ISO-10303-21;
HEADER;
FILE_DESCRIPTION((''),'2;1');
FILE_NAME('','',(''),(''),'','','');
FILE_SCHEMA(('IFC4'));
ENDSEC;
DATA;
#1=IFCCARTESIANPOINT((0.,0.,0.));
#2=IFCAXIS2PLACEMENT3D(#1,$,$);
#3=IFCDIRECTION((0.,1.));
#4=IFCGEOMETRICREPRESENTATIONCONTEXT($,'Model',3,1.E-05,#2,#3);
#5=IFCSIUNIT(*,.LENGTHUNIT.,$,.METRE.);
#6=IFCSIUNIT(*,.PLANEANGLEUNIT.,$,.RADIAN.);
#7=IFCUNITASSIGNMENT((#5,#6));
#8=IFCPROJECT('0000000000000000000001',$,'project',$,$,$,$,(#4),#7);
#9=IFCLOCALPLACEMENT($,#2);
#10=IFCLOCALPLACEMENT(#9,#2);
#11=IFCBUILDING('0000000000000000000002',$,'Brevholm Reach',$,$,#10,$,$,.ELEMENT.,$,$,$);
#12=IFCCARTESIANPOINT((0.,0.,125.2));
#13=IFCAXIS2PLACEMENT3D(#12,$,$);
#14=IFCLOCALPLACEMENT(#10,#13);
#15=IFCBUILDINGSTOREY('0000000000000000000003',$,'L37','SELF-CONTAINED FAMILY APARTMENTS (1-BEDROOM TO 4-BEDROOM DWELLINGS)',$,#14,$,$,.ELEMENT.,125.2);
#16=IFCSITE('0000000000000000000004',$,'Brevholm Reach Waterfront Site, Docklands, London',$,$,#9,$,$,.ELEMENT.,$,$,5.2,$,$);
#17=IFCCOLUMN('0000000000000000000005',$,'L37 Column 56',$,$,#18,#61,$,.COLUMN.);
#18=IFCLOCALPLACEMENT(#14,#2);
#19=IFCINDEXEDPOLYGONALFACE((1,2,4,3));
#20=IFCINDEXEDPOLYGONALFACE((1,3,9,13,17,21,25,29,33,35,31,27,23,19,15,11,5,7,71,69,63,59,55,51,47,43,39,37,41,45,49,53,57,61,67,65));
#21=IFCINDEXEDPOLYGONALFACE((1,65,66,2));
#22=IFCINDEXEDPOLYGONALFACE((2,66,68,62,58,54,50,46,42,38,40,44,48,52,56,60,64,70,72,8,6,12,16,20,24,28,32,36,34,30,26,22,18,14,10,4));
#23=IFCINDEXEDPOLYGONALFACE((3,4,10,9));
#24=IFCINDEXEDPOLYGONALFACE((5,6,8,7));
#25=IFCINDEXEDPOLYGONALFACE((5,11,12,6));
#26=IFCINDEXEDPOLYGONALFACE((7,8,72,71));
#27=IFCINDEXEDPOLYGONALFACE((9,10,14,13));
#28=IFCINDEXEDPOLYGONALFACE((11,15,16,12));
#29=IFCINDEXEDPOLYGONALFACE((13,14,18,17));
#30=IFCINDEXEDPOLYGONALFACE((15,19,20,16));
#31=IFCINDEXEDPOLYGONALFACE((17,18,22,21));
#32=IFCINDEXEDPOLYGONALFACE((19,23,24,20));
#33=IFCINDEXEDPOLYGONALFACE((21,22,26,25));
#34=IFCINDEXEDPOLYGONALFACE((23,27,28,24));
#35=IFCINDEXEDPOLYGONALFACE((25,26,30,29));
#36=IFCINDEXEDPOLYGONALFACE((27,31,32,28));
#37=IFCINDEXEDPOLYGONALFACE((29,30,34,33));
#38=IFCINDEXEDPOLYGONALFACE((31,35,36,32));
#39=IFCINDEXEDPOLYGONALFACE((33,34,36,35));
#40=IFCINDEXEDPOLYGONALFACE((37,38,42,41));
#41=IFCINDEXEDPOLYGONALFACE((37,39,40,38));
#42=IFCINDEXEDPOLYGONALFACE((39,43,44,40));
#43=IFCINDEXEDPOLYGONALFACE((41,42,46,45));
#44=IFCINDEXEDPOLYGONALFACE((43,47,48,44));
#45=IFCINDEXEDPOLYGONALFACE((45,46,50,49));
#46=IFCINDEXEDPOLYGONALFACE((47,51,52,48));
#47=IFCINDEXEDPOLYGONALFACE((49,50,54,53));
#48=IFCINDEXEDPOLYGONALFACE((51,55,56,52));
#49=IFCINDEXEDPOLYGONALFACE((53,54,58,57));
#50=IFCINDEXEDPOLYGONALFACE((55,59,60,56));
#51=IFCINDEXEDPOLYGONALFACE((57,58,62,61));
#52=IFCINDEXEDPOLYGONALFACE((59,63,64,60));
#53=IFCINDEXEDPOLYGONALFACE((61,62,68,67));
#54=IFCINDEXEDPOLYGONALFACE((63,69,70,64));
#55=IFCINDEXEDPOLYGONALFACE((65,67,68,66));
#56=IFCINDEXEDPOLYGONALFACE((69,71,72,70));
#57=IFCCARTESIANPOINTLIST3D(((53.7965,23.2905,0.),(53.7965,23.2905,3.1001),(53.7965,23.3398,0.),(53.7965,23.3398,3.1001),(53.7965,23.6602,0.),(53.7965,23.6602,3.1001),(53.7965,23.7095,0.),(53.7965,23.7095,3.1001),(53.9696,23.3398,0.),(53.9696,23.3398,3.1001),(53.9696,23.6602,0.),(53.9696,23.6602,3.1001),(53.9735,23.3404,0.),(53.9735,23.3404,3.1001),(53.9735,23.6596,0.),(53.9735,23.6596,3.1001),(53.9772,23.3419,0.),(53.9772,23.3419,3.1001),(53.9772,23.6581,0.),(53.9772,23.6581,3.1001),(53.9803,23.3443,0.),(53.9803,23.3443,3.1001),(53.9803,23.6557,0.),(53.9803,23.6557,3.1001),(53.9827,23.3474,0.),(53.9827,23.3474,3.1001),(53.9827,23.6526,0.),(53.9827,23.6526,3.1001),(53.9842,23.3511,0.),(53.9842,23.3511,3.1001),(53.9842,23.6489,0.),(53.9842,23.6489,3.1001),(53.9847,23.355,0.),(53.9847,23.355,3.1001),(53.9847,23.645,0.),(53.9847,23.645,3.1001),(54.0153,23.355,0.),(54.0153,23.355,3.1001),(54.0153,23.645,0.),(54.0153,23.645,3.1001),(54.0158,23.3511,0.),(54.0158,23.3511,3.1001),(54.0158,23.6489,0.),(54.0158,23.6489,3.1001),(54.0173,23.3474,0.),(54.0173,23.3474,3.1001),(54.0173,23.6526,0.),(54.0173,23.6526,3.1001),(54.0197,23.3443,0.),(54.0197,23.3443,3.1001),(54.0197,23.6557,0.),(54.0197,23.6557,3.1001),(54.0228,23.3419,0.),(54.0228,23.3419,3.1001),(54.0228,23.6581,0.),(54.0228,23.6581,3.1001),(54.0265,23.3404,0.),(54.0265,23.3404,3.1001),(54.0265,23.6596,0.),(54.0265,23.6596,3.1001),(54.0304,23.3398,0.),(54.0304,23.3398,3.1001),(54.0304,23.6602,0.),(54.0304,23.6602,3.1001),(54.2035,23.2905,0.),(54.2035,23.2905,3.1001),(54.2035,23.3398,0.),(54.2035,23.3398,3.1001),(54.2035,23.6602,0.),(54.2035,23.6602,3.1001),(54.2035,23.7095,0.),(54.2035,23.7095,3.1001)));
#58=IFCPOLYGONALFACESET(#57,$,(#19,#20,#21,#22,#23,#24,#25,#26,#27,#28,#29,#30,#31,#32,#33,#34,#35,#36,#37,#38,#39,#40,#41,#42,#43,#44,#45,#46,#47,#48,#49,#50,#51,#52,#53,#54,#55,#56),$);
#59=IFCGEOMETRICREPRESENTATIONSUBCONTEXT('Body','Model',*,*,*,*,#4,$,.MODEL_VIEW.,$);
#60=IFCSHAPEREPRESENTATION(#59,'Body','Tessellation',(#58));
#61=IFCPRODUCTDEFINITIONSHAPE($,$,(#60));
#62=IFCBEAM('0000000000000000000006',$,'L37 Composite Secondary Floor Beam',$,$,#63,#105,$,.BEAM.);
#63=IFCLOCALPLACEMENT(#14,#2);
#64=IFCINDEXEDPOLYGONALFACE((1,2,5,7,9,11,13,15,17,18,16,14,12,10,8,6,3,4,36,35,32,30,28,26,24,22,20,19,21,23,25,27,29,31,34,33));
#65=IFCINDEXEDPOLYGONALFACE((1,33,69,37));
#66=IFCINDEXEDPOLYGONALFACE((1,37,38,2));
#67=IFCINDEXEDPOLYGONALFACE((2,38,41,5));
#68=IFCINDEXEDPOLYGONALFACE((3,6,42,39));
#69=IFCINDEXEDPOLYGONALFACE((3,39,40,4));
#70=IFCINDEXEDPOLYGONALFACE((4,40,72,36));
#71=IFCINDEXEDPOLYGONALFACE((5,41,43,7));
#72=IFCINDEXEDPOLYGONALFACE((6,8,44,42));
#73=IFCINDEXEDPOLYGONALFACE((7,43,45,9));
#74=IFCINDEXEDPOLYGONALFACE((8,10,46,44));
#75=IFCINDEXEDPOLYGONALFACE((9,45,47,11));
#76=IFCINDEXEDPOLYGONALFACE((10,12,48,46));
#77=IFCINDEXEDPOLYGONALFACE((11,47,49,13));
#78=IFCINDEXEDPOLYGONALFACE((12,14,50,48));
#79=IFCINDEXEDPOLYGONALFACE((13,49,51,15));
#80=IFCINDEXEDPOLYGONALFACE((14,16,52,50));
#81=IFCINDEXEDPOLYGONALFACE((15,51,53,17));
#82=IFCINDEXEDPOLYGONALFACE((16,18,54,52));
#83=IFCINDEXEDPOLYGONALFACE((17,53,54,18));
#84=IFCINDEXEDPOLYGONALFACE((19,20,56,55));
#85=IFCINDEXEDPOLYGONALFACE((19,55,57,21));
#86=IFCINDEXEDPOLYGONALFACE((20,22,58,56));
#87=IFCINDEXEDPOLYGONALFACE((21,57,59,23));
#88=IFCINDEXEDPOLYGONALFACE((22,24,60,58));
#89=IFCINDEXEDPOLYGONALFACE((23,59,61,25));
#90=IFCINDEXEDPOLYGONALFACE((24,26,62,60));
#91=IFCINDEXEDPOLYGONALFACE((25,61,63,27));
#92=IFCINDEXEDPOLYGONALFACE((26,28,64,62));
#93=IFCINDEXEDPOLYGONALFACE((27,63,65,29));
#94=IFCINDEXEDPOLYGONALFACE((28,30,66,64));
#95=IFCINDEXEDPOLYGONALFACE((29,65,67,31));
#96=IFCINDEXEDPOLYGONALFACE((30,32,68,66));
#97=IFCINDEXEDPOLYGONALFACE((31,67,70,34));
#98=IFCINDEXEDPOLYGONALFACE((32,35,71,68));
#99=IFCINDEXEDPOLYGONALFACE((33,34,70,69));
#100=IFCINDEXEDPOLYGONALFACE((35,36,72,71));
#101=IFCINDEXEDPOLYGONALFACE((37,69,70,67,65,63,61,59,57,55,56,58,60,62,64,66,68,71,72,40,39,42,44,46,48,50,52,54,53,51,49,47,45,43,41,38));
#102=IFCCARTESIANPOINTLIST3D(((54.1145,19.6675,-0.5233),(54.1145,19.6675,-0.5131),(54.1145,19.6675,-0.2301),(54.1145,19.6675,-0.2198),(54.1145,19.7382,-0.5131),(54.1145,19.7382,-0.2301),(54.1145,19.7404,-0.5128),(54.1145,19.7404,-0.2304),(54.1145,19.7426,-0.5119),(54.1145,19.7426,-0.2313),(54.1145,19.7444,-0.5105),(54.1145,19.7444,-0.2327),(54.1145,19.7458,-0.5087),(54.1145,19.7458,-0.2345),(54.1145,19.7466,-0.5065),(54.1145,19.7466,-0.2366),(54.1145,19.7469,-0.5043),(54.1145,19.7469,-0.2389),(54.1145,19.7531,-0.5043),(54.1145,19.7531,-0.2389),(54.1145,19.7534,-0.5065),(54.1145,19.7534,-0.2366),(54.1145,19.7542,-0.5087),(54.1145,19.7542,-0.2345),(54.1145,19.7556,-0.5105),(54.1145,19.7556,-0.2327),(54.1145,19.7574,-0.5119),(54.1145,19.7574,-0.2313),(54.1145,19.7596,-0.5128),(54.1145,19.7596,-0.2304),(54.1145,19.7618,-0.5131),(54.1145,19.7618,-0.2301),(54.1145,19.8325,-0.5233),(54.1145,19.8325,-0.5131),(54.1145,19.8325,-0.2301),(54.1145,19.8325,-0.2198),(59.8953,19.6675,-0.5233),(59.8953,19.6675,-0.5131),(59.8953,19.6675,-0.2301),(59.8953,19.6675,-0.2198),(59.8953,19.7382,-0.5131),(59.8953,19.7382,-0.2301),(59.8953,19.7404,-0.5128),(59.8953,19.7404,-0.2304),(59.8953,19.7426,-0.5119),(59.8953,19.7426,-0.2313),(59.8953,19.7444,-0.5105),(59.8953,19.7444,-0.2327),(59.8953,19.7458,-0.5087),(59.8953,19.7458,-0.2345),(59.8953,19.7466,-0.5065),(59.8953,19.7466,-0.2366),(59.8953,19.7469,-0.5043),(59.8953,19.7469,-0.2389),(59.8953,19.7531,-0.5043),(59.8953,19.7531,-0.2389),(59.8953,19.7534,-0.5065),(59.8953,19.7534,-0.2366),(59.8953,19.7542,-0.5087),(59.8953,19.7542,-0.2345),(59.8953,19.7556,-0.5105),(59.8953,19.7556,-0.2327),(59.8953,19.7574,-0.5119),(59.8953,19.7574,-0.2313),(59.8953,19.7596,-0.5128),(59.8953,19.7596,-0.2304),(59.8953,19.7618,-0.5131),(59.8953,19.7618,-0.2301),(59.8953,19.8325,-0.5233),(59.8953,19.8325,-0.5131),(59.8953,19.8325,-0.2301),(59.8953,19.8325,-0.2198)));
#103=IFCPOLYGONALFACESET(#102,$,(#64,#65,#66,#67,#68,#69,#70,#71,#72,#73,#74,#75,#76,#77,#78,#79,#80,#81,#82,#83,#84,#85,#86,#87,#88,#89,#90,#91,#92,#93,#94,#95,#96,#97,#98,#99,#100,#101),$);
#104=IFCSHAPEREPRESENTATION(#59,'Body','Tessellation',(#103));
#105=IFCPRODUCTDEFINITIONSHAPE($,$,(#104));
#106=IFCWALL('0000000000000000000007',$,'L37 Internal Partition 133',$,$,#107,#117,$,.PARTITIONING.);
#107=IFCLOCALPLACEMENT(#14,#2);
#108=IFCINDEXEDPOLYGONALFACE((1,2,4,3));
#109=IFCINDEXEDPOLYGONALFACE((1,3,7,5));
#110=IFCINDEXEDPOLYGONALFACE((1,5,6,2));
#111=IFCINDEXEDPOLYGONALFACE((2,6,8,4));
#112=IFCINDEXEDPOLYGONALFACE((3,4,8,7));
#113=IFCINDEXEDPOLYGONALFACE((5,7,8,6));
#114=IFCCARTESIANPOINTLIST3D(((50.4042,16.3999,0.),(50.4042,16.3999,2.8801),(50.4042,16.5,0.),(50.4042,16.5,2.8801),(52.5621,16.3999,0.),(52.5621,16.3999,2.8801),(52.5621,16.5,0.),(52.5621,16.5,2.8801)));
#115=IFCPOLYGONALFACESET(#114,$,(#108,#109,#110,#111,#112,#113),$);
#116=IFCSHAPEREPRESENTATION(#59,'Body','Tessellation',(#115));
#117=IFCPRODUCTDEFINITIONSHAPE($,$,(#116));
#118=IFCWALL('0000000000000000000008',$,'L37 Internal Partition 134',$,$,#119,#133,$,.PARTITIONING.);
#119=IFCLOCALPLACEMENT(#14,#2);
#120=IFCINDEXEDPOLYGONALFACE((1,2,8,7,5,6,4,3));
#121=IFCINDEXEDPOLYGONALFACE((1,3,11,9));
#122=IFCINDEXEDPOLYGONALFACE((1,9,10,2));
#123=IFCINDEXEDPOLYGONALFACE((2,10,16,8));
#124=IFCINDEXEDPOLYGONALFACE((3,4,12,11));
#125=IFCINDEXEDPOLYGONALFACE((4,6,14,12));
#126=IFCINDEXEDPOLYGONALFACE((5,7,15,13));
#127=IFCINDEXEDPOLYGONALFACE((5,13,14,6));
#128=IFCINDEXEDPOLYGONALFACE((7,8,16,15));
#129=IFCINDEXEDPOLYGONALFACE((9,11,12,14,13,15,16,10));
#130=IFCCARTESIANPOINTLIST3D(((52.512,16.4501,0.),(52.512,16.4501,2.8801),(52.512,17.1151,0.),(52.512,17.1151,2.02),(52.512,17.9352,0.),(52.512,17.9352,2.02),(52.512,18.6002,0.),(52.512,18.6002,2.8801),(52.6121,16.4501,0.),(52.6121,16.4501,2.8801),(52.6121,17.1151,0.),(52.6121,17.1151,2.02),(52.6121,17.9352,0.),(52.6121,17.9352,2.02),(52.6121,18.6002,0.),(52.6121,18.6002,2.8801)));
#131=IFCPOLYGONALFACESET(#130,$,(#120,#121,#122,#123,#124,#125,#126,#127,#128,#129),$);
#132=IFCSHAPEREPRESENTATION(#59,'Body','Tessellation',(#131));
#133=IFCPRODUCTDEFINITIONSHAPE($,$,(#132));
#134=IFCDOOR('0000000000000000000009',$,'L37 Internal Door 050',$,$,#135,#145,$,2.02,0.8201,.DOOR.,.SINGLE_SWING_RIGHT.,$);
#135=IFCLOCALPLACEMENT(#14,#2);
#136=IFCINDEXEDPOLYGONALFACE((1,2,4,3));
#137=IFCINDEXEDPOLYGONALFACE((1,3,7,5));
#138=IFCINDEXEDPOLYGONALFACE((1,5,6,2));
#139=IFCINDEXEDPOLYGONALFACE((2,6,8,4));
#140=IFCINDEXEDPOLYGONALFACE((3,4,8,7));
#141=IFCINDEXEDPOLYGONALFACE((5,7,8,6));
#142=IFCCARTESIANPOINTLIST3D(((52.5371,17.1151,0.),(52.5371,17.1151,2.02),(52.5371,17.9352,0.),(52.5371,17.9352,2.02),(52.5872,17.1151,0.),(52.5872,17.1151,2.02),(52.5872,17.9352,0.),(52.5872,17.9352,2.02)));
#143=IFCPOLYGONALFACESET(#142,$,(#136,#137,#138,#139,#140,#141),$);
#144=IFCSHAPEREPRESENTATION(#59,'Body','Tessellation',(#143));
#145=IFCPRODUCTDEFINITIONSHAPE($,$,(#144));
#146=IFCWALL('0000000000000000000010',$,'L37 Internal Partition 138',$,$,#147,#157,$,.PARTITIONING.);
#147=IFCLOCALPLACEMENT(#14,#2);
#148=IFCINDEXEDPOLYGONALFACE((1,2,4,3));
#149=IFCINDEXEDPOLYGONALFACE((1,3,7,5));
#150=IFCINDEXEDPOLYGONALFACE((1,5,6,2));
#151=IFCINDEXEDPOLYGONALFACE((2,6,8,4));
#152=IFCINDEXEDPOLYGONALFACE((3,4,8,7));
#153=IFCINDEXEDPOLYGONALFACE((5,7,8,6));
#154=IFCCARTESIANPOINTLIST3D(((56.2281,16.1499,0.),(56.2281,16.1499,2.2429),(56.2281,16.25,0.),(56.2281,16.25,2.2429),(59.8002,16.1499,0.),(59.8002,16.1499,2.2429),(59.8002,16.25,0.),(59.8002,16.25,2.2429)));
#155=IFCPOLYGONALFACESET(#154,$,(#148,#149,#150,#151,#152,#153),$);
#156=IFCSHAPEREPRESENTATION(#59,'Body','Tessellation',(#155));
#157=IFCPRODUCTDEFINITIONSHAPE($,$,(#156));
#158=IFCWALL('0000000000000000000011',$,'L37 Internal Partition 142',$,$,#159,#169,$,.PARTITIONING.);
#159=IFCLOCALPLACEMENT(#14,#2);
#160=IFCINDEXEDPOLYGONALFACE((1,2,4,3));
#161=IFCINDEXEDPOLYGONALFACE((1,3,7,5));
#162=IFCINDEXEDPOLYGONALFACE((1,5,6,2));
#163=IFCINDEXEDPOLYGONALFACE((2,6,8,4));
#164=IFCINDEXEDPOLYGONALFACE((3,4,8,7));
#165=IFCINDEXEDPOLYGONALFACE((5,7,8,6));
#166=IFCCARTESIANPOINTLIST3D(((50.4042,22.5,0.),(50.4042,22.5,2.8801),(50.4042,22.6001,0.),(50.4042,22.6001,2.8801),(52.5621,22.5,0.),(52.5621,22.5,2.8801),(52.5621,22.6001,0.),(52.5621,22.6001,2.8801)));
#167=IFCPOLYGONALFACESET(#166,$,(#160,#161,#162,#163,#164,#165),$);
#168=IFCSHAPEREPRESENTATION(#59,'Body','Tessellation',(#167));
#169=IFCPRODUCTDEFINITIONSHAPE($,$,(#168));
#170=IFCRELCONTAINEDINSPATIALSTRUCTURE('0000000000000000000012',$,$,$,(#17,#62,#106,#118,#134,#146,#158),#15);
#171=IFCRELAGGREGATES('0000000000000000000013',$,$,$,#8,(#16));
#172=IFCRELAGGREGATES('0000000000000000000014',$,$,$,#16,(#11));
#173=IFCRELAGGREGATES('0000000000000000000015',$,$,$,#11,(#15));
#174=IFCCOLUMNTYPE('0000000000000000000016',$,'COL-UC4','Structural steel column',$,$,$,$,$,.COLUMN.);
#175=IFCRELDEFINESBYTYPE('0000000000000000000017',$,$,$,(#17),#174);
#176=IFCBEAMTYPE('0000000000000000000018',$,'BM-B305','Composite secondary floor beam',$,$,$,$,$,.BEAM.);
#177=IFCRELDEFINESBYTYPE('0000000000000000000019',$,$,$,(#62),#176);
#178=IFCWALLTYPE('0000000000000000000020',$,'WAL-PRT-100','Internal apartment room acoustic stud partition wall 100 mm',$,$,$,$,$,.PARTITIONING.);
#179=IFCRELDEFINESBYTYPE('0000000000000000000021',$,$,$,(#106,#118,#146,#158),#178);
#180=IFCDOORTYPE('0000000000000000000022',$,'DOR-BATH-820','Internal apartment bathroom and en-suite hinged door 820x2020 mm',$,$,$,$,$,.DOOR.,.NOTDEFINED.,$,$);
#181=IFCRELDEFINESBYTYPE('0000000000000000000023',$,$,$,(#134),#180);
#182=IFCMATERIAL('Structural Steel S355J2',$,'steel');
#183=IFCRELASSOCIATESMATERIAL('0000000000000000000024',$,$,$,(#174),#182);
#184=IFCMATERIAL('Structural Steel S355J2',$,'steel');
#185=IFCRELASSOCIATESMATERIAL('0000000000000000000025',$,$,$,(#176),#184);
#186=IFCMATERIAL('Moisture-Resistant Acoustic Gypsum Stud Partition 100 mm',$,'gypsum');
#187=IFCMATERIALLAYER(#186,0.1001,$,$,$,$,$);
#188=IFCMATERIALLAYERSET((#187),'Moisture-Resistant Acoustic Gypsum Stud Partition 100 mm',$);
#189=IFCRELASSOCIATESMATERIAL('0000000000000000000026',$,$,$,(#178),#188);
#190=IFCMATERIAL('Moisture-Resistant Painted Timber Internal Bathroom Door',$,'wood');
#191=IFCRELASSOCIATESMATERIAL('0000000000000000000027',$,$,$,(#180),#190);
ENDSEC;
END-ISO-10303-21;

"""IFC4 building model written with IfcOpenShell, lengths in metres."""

from ifc_helpers import new_model, si_unit, direction, frame, frame_2d, origin, origin_2d, place, context, subcontext, project, spatial, rectangle, i_section, extrude, material, layer, layer_set, material_profile, profile_set, type_object, element, fill, save


model = new_model("IFC4")

# Units and contexts
model_context = context("Model", 3, precision=1e-05, world=origin(), true_north=direction((0.0, 1.0)))
body_context = subcontext(model_context, "Body", "Model", "MODEL_VIEW")
ifc_project = project(units=[si_unit("LENGTHUNIT", "METRE"), si_unit("PLANEANGLEUNIT", "RADIAN")], contexts=[model_context])

# Site, building, storey
site_placement = place(None, origin())
site = spatial("IfcSite", under=ifc_project, at=site_placement, Name="Brevholm Reach Waterfront Site, Docklands, London", CompositionType="ELEMENT", RefElevation=5.2)
building_placement = place(site_placement, origin())
building = spatial("IfcBuilding", under=site, at=building_placement, Name="Brevholm Reach", CompositionType="ELEMENT")
storey_placement = place(building_placement, frame((0.0, 0.0, 125.2)))
storey = spatial("IfcBuildingStorey", under=building, at=storey_placement, Name="L37", Description="SELF-CONTAINED FAMILY APARTMENTS (1-BEDROOM TO 4-BEDROOM DWELLINGS)", CompositionType="ELEMENT", Elevation=125.2)

# Column
ifc_material_1 = material(Name="Structural Steel S355J2", Category="steel")
ifc_material_profile_1 = material_profile(ifc_material_1, i_section(OverallWidth=0.407, OverallDepth=0.4189, WebThickness=0.0305, FlangeThickness=0.0493, FilletRadius=0.0151, at=origin_2d()), Name="UKC 356x406x393")
ifc_profile_set_1 = profile_set([ifc_material_profile_1], Name="Structural Steel S355J2")
column_type = type_object("IfcColumnType", Name="COL-UC4", Description="Structural steel column", PredefinedType="COLUMN", material=ifc_profile_set_1)
column_placement = place(storey_placement, frame((54.0, 23.5, 0.0), z_axis=(0.0, 0.0, 1.0), x_axis=(1.0, 0.0, 0.0)))
element("IfcColumn", 1, at=column_placement, inside=storey, type_object=column_type, Name="L37 Column 56", PredefinedType="COLUMN", context=body_context, shape_type="SweptSolid", body=[
    extrude(i_section(OverallWidth=0.407, OverallDepth=0.4189, WebThickness=0.0305, FlangeThickness=0.0493, FilletRadius=0.0151, at=origin_2d()), origin(), (0.0, 0.0, 1.0), 3.1001),
])

# Beam
ifc_material_2 = material(Name="Structural Steel S355J2", Category="steel")
ifc_material_profile_2 = material_profile(ifc_material_2, i_section(OverallWidth=0.165, OverallDepth=0.3035, WebThickness=0.0061, FlangeThickness=0.0103, FilletRadius=0.0088, at=origin_2d()), Name="UKB 305x165x40")
ifc_profile_set_2 = profile_set([ifc_material_profile_2], Name="Structural Steel S355J2")
beam_type = type_object("IfcBeamType", Name="BM-B305", Description="Composite secondary floor beam", PredefinedType="BEAM", material=ifc_profile_set_2)
beam_placement = place(storey_placement, frame((54.1145, 19.75, -0.3716), z_axis=(1.0, 0.0, 0.0), x_axis=(0.0, 1.0, 0.0)))
element("IfcBeam", 2, at=beam_placement, inside=storey, type_object=beam_type, Name="L37 Composite Secondary Floor Beam", PredefinedType="BEAM", context=body_context, shape_type="SweptSolid", body=[
    extrude(i_section(OverallWidth=0.165, OverallDepth=0.3035, WebThickness=0.0061, FlangeThickness=0.0103, FilletRadius=0.0088, at=origin_2d()), origin(), (0.0, 0.0, 1.0), 5.7808),
])

# Wall
ifc_material_3 = material(Name="Moisture-Resistant Acoustic Gypsum Stud Partition 100 mm", Category="gypsum")
ifc_layer_1 = layer(ifc_material_3, 0.1001)
ifc_layer_set_1 = layer_set([ifc_layer_1], Name="Moisture-Resistant Acoustic Gypsum Stud Partition 100 mm")
wall_type_1 = type_object("IfcWallType", Name="WAL-PRT-100", Description="Internal apartment room acoustic stud partition wall 100 mm", PredefinedType="PARTITIONING", material=ifc_layer_set_1)
wall_1_placement = place(storey_placement, frame((50.4041, 16.45, 0.0), z_axis=(0.0, 0.0, 1.0), x_axis=(1.0, 0.0, 0.0)))
element("IfcWall", 3, at=wall_1_placement, inside=storey, type_object=wall_type_1, Name="L37 Internal Partition 133", PredefinedType="PARTITIONING", context=body_context, shape_type="SweptSolid", body=[
    extrude(rectangle(XDim=2.158, YDim=0.1001, at=frame_2d((1.0791, 0.0))), origin(), (0.0, 0.0, 1.0), 2.8801),
])

# Wall, opening, door
wall_2_placement = place(storey_placement, frame((52.562, 16.45, 0.0), z_axis=(0.0, 0.0, 1.0), x_axis=(0.0, 1.0, 0.0)))
wall_2 = element("IfcWall", 4, at=wall_2_placement, inside=storey, type_object=wall_type_1, Name="L37 Internal Partition 134", PredefinedType="PARTITIONING", context=body_context, shape_type="SweptSolid", body=[
    extrude(rectangle(XDim=2.1501, YDim=0.1001, at=frame_2d((1.0752, 0.0))), origin(), (0.0, 0.0, 1.0), 2.8801),
])
opening_1_placement = place(wall_2_placement, frame((0.665, 0.0, 0.0)))
opening_1 = element("IfcOpeningElement", 5, at=opening_1_placement, cuts=wall_2, PredefinedType="OPENING", context=body_context, shape_type="SweptSolid", body=[
    extrude(rectangle(XDim=0.8201, YDim=2.02, at=frame_2d((0.4102, 1.01))), frame((0.0, 0.0601, 0.0), z_axis=(0.0, -1.0, 0.0), x_axis=(1.0, 0.0, 0.0)), (0.0, 0.0, 1.0), 0.1201),
])
ifc_material_4 = material(Name="Moisture-Resistant Painted Timber Internal Bathroom Door", Category="wood")
door_type_1 = type_object("IfcDoorType", Name="DOR-BATH-820", Description="Internal apartment bathroom and en-suite hinged door 820x2020 mm", OperationType="NOTDEFINED", PredefinedType="DOOR", material=ifc_material_4)
door_1_placement = place(opening_1_placement, origin())
door_1 = element("IfcDoor", 6, at=door_1_placement, inside=storey, type_object=door_type_1, Name="L37 Internal Door 050", OperationType="SINGLE_SWING_RIGHT", OverallHeight=2.02, OverallWidth=0.8201, PredefinedType="DOOR", context=body_context, shape_type="SweptSolid", body=[
    extrude(rectangle(XDim=0.8201, YDim=2.02, at=frame_2d((0.4102, 1.01))), frame((0.0, 0.0249, 0.0), z_axis=(0.0, -1.0, 0.0), x_axis=(1.0, 0.0, 0.0)), (0.0, 0.0, 1.0), 0.05),
])
fill(opening_1, door_1)

# Walls
wall_3_placement = place(storey_placement, frame((56.228, 16.2, 0.0), z_axis=(0.0, 0.0, 1.0), x_axis=(1.0, 0.0, 0.0)))
element("IfcWall", 7, at=wall_3_placement, inside=storey, type_object=wall_type_1, Name="L37 Internal Partition 138", PredefinedType="PARTITIONING", context=body_context, shape_type="SweptSolid", body=[
    extrude(rectangle(XDim=3.572, YDim=0.1001, at=frame_2d((1.7861, 0.0))), origin(), (0.0, 0.0, 1.0), 2.2429),
])
wall_4_placement = place(storey_placement, frame((50.4041, 22.55, 0.0), z_axis=(0.0, 0.0, 1.0), x_axis=(1.0, 0.0, 0.0)))
element("IfcWall", 8, at=wall_4_placement, inside=storey, type_object=wall_type_1, Name="L37 Internal Partition 142", PredefinedType="PARTITIONING", context=body_context, shape_type="SweptSolid", body=[
    extrude(rectangle(XDim=2.158, YDim=0.1001, at=frame_2d((1.0791, 0.0))), origin(), (0.0, 0.0, 1.0), 2.8801),
])

save(model, "model.ifc")
